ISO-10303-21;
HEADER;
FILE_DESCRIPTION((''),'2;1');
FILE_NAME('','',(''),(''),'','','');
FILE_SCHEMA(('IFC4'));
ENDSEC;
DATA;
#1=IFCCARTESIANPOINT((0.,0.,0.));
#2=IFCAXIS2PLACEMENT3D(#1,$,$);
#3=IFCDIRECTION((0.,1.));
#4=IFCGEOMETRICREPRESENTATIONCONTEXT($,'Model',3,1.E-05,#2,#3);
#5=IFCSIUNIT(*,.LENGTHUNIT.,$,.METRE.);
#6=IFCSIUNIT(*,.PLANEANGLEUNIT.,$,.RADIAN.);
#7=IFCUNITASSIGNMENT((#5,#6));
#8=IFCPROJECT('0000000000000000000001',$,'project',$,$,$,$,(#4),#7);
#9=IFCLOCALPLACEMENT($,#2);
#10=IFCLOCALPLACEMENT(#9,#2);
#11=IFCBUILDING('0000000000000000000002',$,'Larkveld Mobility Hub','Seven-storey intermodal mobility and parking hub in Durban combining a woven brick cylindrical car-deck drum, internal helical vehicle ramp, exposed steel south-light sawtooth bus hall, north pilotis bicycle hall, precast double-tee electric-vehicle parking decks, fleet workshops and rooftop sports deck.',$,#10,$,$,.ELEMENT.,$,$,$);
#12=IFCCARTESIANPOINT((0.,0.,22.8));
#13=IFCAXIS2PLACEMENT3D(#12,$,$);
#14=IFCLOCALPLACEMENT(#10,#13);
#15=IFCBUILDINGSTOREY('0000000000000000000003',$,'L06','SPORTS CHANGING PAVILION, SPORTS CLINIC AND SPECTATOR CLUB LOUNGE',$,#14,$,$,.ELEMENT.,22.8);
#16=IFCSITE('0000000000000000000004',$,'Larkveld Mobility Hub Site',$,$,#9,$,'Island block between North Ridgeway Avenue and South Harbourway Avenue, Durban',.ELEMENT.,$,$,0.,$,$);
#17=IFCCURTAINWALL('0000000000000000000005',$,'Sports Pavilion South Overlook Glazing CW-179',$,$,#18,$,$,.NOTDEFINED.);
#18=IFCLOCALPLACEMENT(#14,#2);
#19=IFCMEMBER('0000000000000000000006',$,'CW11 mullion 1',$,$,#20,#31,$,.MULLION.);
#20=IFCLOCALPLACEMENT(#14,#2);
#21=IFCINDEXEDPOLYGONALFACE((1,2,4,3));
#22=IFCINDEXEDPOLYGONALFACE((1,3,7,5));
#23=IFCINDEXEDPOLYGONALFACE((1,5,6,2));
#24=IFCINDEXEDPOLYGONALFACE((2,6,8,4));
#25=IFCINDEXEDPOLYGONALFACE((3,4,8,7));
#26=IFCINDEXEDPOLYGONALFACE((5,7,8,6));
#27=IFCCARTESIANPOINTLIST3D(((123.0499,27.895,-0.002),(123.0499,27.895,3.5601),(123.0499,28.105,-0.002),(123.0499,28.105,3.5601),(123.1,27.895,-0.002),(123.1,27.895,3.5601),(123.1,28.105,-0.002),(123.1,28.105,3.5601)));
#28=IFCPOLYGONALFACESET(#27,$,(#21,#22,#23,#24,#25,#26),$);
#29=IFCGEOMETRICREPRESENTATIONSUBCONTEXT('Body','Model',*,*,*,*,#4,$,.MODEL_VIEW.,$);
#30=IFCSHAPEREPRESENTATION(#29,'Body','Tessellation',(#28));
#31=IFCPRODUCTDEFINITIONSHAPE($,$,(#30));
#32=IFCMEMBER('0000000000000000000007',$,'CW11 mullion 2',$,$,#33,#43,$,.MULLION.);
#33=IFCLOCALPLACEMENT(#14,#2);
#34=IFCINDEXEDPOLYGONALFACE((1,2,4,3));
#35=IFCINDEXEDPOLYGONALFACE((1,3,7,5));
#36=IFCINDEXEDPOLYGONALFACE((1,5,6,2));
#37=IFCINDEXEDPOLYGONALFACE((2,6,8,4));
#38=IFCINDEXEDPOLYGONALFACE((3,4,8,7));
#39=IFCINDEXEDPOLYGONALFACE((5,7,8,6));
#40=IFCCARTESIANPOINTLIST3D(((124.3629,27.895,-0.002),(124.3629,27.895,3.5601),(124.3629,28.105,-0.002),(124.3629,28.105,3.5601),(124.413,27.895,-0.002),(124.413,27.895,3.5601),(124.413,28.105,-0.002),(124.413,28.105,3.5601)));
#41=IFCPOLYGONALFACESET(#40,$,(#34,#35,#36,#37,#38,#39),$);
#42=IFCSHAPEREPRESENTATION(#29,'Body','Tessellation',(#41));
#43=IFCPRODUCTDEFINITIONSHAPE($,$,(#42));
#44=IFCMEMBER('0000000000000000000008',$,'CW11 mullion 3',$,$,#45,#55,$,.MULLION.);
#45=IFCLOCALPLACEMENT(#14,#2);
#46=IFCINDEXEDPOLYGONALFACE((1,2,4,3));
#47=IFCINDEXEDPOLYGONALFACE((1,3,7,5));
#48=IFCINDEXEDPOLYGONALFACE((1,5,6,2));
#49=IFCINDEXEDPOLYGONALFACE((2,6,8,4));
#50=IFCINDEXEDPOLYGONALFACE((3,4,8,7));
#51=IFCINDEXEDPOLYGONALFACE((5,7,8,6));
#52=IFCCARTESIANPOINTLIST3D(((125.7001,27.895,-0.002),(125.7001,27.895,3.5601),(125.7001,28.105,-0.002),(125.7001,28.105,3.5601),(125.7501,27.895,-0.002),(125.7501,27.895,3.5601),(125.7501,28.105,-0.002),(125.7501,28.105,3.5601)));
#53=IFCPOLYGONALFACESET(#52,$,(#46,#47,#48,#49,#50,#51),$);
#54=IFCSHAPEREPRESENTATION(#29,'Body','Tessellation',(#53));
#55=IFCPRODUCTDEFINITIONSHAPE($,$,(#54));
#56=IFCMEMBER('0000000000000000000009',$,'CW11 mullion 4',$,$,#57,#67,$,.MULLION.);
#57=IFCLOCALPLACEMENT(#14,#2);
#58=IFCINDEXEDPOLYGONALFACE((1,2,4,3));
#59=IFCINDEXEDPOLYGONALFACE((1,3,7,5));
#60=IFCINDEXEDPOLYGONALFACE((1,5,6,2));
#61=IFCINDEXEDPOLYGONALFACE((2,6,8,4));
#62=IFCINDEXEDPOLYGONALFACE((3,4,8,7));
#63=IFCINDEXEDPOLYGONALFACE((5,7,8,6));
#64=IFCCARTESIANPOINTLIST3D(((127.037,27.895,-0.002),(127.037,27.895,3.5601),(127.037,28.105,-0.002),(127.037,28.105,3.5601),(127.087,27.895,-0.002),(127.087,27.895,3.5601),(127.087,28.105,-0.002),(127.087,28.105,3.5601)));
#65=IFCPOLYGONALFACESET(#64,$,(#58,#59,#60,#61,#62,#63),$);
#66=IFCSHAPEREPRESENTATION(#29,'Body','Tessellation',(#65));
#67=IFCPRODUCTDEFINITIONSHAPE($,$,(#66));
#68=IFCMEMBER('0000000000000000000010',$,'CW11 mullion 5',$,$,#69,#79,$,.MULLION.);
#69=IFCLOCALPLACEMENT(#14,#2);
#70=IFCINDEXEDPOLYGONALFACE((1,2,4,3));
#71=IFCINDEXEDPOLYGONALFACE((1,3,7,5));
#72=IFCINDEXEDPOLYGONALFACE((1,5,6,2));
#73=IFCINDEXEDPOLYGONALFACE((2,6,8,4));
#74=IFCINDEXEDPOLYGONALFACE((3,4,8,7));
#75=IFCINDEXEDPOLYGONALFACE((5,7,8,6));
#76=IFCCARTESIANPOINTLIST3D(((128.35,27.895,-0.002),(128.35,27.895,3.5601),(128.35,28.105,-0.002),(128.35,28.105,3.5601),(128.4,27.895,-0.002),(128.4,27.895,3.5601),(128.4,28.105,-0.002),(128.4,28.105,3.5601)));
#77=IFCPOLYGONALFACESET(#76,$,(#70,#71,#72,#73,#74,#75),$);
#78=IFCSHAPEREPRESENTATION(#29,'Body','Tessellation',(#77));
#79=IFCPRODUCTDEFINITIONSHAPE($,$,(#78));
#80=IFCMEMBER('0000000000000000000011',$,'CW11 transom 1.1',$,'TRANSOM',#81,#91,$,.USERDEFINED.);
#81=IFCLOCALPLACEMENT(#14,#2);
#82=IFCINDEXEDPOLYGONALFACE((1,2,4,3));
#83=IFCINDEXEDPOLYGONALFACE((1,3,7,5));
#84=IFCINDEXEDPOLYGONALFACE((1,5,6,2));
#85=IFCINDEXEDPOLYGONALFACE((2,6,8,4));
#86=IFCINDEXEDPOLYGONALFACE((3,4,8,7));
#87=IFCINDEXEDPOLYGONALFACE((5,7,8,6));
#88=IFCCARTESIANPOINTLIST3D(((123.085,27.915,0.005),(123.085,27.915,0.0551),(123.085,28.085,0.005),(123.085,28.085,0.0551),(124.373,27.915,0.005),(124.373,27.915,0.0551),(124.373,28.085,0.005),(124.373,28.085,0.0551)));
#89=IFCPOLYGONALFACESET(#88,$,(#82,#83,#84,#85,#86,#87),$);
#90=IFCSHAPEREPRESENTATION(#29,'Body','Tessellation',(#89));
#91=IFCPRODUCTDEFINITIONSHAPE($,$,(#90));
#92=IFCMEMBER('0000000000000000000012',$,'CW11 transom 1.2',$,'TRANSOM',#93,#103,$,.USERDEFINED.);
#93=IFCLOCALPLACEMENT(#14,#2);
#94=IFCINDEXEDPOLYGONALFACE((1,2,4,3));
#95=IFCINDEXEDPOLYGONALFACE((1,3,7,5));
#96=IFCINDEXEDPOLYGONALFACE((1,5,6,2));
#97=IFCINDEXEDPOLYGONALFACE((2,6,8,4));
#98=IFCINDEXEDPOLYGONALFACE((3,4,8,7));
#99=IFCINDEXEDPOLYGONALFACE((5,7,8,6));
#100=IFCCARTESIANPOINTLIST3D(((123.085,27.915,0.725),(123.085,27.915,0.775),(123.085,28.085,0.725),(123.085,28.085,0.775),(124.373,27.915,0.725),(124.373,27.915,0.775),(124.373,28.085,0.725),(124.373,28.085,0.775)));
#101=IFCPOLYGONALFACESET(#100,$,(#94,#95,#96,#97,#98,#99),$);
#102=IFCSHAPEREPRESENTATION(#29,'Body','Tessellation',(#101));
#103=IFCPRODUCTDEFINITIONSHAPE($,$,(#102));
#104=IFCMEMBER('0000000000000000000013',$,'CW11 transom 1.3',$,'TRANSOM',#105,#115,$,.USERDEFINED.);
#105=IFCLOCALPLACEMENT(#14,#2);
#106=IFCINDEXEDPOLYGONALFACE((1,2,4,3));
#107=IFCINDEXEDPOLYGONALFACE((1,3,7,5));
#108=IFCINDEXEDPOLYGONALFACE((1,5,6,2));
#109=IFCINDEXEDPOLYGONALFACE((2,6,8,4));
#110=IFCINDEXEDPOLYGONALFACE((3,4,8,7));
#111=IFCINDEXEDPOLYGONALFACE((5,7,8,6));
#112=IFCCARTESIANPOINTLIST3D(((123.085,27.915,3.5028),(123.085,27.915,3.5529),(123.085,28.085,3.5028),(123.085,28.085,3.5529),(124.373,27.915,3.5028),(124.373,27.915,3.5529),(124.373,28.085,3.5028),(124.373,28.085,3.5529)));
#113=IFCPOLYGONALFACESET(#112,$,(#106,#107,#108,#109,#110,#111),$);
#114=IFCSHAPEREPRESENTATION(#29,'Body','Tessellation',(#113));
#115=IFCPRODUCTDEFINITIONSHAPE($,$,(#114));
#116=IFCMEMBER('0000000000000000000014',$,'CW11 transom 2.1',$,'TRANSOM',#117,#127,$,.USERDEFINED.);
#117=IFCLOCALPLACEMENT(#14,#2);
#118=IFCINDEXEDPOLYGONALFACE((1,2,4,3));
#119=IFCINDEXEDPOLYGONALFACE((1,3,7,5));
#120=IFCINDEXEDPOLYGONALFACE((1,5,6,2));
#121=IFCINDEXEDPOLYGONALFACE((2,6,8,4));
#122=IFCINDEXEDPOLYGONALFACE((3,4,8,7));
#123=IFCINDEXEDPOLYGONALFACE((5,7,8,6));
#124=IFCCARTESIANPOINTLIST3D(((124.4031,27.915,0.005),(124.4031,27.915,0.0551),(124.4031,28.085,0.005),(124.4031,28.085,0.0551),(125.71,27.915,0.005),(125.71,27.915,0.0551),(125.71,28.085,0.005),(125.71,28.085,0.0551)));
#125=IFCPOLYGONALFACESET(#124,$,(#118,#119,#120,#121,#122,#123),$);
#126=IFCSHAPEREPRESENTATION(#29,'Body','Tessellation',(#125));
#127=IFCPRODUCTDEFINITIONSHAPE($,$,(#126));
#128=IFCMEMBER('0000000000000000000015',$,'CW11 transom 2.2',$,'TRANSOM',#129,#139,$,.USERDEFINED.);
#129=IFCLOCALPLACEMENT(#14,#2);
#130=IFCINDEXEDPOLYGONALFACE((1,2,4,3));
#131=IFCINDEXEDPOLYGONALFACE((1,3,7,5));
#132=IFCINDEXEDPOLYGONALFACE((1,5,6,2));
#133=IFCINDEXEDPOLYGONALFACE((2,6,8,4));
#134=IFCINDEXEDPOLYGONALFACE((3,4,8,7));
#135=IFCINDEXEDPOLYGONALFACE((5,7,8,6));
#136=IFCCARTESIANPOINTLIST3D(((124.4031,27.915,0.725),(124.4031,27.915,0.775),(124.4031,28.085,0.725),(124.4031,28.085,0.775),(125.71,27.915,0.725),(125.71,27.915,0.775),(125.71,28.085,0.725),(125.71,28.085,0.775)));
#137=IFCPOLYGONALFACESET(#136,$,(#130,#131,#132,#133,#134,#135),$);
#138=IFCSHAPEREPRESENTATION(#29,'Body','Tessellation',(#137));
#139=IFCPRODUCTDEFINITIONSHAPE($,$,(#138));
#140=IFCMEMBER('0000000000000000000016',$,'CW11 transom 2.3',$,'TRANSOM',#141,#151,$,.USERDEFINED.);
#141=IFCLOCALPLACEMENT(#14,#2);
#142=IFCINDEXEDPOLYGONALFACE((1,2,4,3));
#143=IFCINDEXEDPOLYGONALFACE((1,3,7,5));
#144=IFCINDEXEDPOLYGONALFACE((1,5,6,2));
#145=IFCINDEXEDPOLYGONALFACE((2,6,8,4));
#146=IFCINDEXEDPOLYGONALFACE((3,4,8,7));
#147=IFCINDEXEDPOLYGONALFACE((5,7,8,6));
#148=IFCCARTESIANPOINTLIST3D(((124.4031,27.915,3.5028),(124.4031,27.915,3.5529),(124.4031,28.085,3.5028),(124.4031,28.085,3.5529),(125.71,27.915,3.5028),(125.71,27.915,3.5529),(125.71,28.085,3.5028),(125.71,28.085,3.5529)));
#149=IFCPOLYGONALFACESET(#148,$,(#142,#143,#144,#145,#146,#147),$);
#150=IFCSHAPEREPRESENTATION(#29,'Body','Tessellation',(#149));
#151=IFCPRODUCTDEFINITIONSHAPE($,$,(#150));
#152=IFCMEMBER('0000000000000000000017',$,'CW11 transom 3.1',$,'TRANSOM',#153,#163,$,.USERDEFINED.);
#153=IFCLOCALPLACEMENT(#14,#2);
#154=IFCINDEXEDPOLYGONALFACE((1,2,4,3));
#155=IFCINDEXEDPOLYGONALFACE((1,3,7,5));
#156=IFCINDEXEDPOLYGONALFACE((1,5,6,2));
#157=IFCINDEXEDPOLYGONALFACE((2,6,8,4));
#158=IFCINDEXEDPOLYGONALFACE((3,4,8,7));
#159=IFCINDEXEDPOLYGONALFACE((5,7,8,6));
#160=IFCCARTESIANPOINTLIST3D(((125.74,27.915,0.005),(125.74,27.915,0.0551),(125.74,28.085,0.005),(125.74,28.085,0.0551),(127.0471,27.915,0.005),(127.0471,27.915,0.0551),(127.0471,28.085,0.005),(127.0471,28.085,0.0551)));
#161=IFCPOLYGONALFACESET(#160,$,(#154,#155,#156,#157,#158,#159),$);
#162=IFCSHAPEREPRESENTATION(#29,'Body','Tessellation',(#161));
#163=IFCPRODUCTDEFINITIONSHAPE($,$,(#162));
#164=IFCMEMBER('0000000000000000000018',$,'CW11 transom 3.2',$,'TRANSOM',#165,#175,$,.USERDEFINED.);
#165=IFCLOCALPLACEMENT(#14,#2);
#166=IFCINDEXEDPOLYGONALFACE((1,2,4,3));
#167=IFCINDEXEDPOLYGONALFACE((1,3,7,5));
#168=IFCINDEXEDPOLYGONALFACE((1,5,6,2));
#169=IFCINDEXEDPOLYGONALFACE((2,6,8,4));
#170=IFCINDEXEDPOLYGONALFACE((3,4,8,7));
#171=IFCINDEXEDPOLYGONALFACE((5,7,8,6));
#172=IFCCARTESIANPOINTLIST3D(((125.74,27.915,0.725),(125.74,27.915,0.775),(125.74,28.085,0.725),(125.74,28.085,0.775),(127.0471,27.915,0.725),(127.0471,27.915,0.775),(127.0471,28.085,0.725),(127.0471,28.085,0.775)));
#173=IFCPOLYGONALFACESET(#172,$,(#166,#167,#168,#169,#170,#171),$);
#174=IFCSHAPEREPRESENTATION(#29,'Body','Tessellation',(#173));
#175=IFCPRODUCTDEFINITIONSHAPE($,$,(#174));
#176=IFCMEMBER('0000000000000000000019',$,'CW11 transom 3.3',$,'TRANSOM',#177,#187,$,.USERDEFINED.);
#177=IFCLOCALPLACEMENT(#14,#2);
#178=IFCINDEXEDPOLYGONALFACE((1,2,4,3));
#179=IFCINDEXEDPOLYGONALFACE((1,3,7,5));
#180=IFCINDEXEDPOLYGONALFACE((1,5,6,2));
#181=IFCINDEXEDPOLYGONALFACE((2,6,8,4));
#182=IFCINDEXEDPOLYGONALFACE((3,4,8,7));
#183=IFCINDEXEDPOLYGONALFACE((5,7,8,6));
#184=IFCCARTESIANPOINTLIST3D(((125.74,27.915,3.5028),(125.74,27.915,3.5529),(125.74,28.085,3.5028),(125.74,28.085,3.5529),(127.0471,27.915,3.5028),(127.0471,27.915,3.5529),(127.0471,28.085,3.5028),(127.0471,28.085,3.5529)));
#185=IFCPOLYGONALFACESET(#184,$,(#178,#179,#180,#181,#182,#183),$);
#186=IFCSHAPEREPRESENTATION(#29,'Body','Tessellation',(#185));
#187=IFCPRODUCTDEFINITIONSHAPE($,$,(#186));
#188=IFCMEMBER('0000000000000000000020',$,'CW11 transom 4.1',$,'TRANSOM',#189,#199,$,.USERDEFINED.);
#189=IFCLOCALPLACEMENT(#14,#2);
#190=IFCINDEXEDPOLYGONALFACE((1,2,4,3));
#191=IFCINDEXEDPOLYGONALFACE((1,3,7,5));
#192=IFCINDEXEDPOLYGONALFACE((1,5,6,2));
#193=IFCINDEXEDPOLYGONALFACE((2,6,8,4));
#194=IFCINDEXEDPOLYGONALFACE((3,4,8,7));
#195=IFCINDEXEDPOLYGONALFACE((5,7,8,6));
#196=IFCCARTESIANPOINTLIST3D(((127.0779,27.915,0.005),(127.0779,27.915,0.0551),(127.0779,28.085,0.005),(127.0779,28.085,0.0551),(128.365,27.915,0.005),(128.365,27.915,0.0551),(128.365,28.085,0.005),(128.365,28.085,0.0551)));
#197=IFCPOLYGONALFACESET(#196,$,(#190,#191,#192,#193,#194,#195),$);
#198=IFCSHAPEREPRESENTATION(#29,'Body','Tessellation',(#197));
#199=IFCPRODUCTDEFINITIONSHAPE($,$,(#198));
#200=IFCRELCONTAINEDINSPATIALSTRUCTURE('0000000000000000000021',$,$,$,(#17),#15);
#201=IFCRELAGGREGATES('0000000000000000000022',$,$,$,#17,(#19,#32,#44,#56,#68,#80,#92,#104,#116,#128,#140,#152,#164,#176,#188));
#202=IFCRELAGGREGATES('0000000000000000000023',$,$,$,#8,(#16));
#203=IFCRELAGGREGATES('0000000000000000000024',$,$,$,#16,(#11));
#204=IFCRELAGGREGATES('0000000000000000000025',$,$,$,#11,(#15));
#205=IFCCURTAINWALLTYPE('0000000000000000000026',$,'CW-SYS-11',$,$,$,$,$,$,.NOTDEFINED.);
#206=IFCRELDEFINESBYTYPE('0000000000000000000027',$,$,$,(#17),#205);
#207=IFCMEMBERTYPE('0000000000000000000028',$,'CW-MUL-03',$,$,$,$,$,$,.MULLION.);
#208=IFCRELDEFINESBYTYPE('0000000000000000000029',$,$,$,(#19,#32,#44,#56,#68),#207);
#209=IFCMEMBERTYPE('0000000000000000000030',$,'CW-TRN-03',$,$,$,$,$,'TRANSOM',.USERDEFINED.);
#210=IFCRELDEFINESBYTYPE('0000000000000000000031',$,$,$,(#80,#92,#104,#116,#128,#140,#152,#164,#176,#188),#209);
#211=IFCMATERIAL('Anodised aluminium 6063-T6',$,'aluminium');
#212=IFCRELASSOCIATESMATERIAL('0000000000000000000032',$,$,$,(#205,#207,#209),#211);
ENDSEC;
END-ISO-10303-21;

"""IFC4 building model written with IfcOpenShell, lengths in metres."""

from ifc_helpers import new_model, si_unit, direction, frame, origin, origin_2d, place, context, subcontext, project, spatial, rectangle, extrude, material, material_profile, profile_set, type_object, element, aggregate, save


model = new_model("IFC4")

# Units and contexts
model_context = context("Model", 3, precision=1e-05, world=origin(), true_north=direction((0.0, 1.0)))
body_context = subcontext(model_context, "Body", "Model", "MODEL_VIEW")
ifc_project = project(units=[si_unit("LENGTHUNIT", "METRE"), si_unit("PLANEANGLEUNIT", "RADIAN")], contexts=[model_context])

# Site, building, storey
site_placement = place(None, origin())
site = spatial("IfcSite", under=ifc_project, at=site_placement, Name="Larkveld Mobility Hub Site", LongName="Island block between North Ridgeway Avenue and South Harbourway Avenue, Durban", CompositionType="ELEMENT", RefElevation=0.0)
building_placement = place(site_placement, origin())
building = spatial("IfcBuilding", under=site, at=building_placement, Name="Larkveld Mobility Hub", Description="Seven-storey intermodal mobility and parking hub in Durban combining a woven brick cylindrical car-deck drum, internal helical vehicle ramp, exposed steel south-light sawtooth bus hall, north pilotis bicycle hall, precast double-tee electric-vehicle parking decks, fleet workshops and rooftop sports deck.", CompositionType="ELEMENT")
storey_placement = place(building_placement, frame((0.0, 0.0, 22.8)))
storey = spatial("IfcBuildingStorey", under=building, at=storey_placement, Name="L06", Description="SPORTS CHANGING PAVILION, SPORTS CLINIC AND SPECTATOR CLUB LOUNGE", CompositionType="ELEMENT", Elevation=22.8)

# Curtain wall, members
ifc_material_1 = material(Name="Anodised aluminium 6063-T6", Category="aluminium")
curtain_wall_type = type_object("IfcCurtainWallType", Name="CW-SYS-11", PredefinedType="NOTDEFINED", material=ifc_material_1)
curtain_wall_placement = place(storey_placement, origin())
curtain_wall = element("IfcCurtainWall", 1, at=curtain_wall_placement, inside=storey, type_object=curtain_wall_type, Name="Sports Pavilion South Overlook Glazing CW-179", PredefinedType="NOTDEFINED")
ifc_material_profile_1 = material_profile(ifc_material_1, rectangle(XDim=0.05, YDim=0.21, at=origin_2d()), Name="ALU MULL 50x210")
ifc_profile_set_1 = profile_set([ifc_material_profile_1], Name="Anodised aluminium 6063-T6")
member_type_1 = type_object("IfcMemberType", Name="CW-MUL-03", PredefinedType="MULLION", material=ifc_profile_set_1)
member_1_placement = place(storey_placement, frame((123.075, 28.0, -0.002), z_axis=(0.0, 0.0, 1.0), x_axis=(1.0, 0.0, 0.0)))
member_1 = element("IfcMember", 2, at=member_1_placement, type_object=member_type_1, Name="CW11 mullion 1", PredefinedType="MULLION", context=body_context, shape_type="SweptSolid", body=[
    extrude(rectangle(XDim=0.05, YDim=0.21, at=origin_2d()), origin(), (0.0, 0.0, 1.0), 3.562),
])
member_2_placement = place(storey_placement, frame((124.3879, 28.0, -0.002), z_axis=(0.0, 0.0, 1.0), x_axis=(1.0, 0.0, 0.0)))
member_2 = element("IfcMember", 3, at=member_2_placement, type_object=member_type_1, Name="CW11 mullion 2", PredefinedType="MULLION", context=body_context, shape_type="SweptSolid", body=[
    extrude(rectangle(XDim=0.05, YDim=0.21, at=origin_2d()), origin(), (0.0, 0.0, 1.0), 3.562),
])
member_3_placement = place(storey_placement, frame((125.7251, 28.0, -0.002), z_axis=(0.0, 0.0, 1.0), x_axis=(1.0, 0.0, 0.0)))
member_3 = element("IfcMember", 4, at=member_3_placement, type_object=member_type_1, Name="CW11 mullion 3", PredefinedType="MULLION", context=body_context, shape_type="SweptSolid", body=[
    extrude(rectangle(XDim=0.05, YDim=0.21, at=origin_2d()), origin(), (0.0, 0.0, 1.0), 3.562),
])
member_4_placement = place(storey_placement, frame((127.062, 28.0, -0.002), z_axis=(0.0, 0.0, 1.0), x_axis=(1.0, 0.0, 0.0)))
member_4 = element("IfcMember", 5, at=member_4_placement, type_object=member_type_1, Name="CW11 mullion 4", PredefinedType="MULLION", context=body_context, shape_type="SweptSolid", body=[
    extrude(rectangle(XDim=0.05, YDim=0.21, at=origin_2d()), origin(), (0.0, 0.0, 1.0), 3.562),
])
member_5_placement = place(storey_placement, frame((128.375, 28.0, -0.002), z_axis=(0.0, 0.0, 1.0), x_axis=(1.0, 0.0, 0.0)))
member_5 = element("IfcMember", 6, at=member_5_placement, type_object=member_type_1, Name="CW11 mullion 5", PredefinedType="MULLION", context=body_context, shape_type="SweptSolid", body=[
    extrude(rectangle(XDim=0.05, YDim=0.21, at=origin_2d()), origin(), (0.0, 0.0, 1.0), 3.562),
])
ifc_material_profile_2 = material_profile(ifc_material_1, rectangle(XDim=0.1699, YDim=0.05, at=origin_2d()), Name="ALU TRAN 50x170")
ifc_profile_set_2 = profile_set([ifc_material_profile_2], Name="Anodised aluminium 6063-T6")
member_type_2 = type_object("IfcMemberType", Name="CW-TRN-03", ElementType="TRANSOM", PredefinedType="USERDEFINED", material=ifc_profile_set_2)
member_6_placement = place(storey_placement, frame((123.085, 28.0, 0.03), z_axis=(1.0, 0.0, 0.0), x_axis=(0.0, 1.0, 0.0)))
member_6 = element("IfcMember", 7, at=member_6_placement, type_object=member_type_2, Name="CW11 transom 1.1", ObjectType="TRANSOM", PredefinedType="USERDEFINED", context=body_context, shape_type="SweptSolid", body=[
    extrude(rectangle(XDim=0.1699, YDim=0.05, at=origin_2d()), origin(), (0.0, 0.0, 1.0), 1.2881),
])
member_7_placement = place(storey_placement, frame((123.085, 28.0, 0.75), z_axis=(1.0, 0.0, 0.0), x_axis=(0.0, 1.0, 0.0)))
member_7 = element("IfcMember", 8, at=member_7_placement, type_object=member_type_2, Name="CW11 transom 1.2", ObjectType="TRANSOM", PredefinedType="USERDEFINED", context=body_context, shape_type="SweptSolid", body=[
    extrude(rectangle(XDim=0.1699, YDim=0.05, at=origin_2d()), origin(), (0.0, 0.0, 1.0), 1.2881),
])
member_8_placement = place(storey_placement, frame((123.085, 28.0, 3.5278), z_axis=(1.0, 0.0, 0.0), x_axis=(0.0, 1.0, 0.0)))
member_8 = element("IfcMember", 9, at=member_8_placement, type_object=member_type_2, Name="CW11 transom 1.3", ObjectType="TRANSOM", PredefinedType="USERDEFINED", context=body_context, shape_type="SweptSolid", body=[
    extrude(rectangle(XDim=0.1699, YDim=0.05, at=origin_2d()), origin(), (0.0, 0.0, 1.0), 1.2881),
])
member_9_placement = place(storey_placement, frame((124.4031, 28.0, 0.03), z_axis=(1.0, 0.0, 0.0), x_axis=(0.0, 1.0, 0.0)))
member_9 = element("IfcMember", 10, at=member_9_placement, type_object=member_type_2, Name="CW11 transom 2.1", ObjectType="TRANSOM", PredefinedType="USERDEFINED", context=body_context, shape_type="SweptSolid", body=[
    extrude(rectangle(XDim=0.1699, YDim=0.05, at=origin_2d()), origin(), (0.0, 0.0, 1.0), 1.3069),
])
member_10_placement = place(storey_placement, frame((124.4031, 28.0, 0.75), z_axis=(1.0, 0.0, 0.0), x_axis=(0.0, 1.0, 0.0)))
member_10 = element("IfcMember", 11, at=member_10_placement, type_object=member_type_2, Name="CW11 transom 2.2", ObjectType="TRANSOM", PredefinedType="USERDEFINED", context=body_context, shape_type="SweptSolid", body=[
    extrude(rectangle(XDim=0.1699, YDim=0.05, at=origin_2d()), origin(), (0.0, 0.0, 1.0), 1.3069),
])
member_11_placement = place(storey_placement, frame((124.4031, 28.0, 3.5278), z_axis=(1.0, 0.0, 0.0), x_axis=(0.0, 1.0, 0.0)))
member_11 = element("IfcMember", 12, at=member_11_placement, type_object=member_type_2, Name="CW11 transom 2.3", ObjectType="TRANSOM", PredefinedType="USERDEFINED", context=body_context, shape_type="SweptSolid", body=[
    extrude(rectangle(XDim=0.1699, YDim=0.05, at=origin_2d()), origin(), (0.0, 0.0, 1.0), 1.3069),
])
member_12_placement = place(storey_placement, frame((125.74, 28.0, 0.03), z_axis=(1.0, 0.0, 0.0), x_axis=(0.0, 1.0, 0.0)))
member_12 = element("IfcMember", 13, at=member_12_placement, type_object=member_type_2, Name="CW11 transom 3.1", ObjectType="TRANSOM", PredefinedType="USERDEFINED", context=body_context, shape_type="SweptSolid", body=[
    extrude(rectangle(XDim=0.1699, YDim=0.05, at=origin_2d()), origin(), (0.0, 0.0, 1.0), 1.3071),
])
member_13_placement = place(storey_placement, frame((125.74, 28.0, 0.75), z_axis=(1.0, 0.0, 0.0), x_axis=(0.0, 1.0, 0.0)))
member_13 = element("IfcMember", 14, at=member_13_placement, type_object=member_type_2, Name="CW11 transom 3.2", ObjectType="TRANSOM", PredefinedType="USERDEFINED", context=body_context, shape_type="SweptSolid", body=[
    extrude(rectangle(XDim=0.1699, YDim=0.05, at=origin_2d()), origin(), (0.0, 0.0, 1.0), 1.3071),
])
member_14_placement = place(storey_placement, frame((125.74, 28.0, 3.5278), z_axis=(1.0, 0.0, 0.0), x_axis=(0.0, 1.0, 0.0)))
member_14 = element("IfcMember", 15, at=member_14_placement, type_object=member_type_2, Name="CW11 transom 3.3", ObjectType="TRANSOM", PredefinedType="USERDEFINED", context=body_context, shape_type="SweptSolid", body=[
    extrude(rectangle(XDim=0.1699, YDim=0.05, at=origin_2d()), origin(), (0.0, 0.0, 1.0), 1.3071),
])
member_15_placement = place(storey_placement, frame((127.0779, 28.0, 0.03), z_axis=(1.0, 0.0, 0.0), x_axis=(0.0, 1.0, 0.0)))
member_15 = element("IfcMember", 16, at=member_15_placement, type_object=member_type_2, Name="CW11 transom 4.1", ObjectType="TRANSOM", PredefinedType="USERDEFINED", context=body_context, shape_type="SweptSolid", body=[
    extrude(rectangle(XDim=0.1699, YDim=0.05, at=origin_2d()), origin(), (0.0, 0.0, 1.0), 1.2871),
])
aggregate(curtain_wall, [member_1, member_2, member_3, member_4, member_5, member_6, member_7, member_8, member_9, member_10, member_11, member_12, member_13, member_14, member_15])

save(model, "model.ifc")
